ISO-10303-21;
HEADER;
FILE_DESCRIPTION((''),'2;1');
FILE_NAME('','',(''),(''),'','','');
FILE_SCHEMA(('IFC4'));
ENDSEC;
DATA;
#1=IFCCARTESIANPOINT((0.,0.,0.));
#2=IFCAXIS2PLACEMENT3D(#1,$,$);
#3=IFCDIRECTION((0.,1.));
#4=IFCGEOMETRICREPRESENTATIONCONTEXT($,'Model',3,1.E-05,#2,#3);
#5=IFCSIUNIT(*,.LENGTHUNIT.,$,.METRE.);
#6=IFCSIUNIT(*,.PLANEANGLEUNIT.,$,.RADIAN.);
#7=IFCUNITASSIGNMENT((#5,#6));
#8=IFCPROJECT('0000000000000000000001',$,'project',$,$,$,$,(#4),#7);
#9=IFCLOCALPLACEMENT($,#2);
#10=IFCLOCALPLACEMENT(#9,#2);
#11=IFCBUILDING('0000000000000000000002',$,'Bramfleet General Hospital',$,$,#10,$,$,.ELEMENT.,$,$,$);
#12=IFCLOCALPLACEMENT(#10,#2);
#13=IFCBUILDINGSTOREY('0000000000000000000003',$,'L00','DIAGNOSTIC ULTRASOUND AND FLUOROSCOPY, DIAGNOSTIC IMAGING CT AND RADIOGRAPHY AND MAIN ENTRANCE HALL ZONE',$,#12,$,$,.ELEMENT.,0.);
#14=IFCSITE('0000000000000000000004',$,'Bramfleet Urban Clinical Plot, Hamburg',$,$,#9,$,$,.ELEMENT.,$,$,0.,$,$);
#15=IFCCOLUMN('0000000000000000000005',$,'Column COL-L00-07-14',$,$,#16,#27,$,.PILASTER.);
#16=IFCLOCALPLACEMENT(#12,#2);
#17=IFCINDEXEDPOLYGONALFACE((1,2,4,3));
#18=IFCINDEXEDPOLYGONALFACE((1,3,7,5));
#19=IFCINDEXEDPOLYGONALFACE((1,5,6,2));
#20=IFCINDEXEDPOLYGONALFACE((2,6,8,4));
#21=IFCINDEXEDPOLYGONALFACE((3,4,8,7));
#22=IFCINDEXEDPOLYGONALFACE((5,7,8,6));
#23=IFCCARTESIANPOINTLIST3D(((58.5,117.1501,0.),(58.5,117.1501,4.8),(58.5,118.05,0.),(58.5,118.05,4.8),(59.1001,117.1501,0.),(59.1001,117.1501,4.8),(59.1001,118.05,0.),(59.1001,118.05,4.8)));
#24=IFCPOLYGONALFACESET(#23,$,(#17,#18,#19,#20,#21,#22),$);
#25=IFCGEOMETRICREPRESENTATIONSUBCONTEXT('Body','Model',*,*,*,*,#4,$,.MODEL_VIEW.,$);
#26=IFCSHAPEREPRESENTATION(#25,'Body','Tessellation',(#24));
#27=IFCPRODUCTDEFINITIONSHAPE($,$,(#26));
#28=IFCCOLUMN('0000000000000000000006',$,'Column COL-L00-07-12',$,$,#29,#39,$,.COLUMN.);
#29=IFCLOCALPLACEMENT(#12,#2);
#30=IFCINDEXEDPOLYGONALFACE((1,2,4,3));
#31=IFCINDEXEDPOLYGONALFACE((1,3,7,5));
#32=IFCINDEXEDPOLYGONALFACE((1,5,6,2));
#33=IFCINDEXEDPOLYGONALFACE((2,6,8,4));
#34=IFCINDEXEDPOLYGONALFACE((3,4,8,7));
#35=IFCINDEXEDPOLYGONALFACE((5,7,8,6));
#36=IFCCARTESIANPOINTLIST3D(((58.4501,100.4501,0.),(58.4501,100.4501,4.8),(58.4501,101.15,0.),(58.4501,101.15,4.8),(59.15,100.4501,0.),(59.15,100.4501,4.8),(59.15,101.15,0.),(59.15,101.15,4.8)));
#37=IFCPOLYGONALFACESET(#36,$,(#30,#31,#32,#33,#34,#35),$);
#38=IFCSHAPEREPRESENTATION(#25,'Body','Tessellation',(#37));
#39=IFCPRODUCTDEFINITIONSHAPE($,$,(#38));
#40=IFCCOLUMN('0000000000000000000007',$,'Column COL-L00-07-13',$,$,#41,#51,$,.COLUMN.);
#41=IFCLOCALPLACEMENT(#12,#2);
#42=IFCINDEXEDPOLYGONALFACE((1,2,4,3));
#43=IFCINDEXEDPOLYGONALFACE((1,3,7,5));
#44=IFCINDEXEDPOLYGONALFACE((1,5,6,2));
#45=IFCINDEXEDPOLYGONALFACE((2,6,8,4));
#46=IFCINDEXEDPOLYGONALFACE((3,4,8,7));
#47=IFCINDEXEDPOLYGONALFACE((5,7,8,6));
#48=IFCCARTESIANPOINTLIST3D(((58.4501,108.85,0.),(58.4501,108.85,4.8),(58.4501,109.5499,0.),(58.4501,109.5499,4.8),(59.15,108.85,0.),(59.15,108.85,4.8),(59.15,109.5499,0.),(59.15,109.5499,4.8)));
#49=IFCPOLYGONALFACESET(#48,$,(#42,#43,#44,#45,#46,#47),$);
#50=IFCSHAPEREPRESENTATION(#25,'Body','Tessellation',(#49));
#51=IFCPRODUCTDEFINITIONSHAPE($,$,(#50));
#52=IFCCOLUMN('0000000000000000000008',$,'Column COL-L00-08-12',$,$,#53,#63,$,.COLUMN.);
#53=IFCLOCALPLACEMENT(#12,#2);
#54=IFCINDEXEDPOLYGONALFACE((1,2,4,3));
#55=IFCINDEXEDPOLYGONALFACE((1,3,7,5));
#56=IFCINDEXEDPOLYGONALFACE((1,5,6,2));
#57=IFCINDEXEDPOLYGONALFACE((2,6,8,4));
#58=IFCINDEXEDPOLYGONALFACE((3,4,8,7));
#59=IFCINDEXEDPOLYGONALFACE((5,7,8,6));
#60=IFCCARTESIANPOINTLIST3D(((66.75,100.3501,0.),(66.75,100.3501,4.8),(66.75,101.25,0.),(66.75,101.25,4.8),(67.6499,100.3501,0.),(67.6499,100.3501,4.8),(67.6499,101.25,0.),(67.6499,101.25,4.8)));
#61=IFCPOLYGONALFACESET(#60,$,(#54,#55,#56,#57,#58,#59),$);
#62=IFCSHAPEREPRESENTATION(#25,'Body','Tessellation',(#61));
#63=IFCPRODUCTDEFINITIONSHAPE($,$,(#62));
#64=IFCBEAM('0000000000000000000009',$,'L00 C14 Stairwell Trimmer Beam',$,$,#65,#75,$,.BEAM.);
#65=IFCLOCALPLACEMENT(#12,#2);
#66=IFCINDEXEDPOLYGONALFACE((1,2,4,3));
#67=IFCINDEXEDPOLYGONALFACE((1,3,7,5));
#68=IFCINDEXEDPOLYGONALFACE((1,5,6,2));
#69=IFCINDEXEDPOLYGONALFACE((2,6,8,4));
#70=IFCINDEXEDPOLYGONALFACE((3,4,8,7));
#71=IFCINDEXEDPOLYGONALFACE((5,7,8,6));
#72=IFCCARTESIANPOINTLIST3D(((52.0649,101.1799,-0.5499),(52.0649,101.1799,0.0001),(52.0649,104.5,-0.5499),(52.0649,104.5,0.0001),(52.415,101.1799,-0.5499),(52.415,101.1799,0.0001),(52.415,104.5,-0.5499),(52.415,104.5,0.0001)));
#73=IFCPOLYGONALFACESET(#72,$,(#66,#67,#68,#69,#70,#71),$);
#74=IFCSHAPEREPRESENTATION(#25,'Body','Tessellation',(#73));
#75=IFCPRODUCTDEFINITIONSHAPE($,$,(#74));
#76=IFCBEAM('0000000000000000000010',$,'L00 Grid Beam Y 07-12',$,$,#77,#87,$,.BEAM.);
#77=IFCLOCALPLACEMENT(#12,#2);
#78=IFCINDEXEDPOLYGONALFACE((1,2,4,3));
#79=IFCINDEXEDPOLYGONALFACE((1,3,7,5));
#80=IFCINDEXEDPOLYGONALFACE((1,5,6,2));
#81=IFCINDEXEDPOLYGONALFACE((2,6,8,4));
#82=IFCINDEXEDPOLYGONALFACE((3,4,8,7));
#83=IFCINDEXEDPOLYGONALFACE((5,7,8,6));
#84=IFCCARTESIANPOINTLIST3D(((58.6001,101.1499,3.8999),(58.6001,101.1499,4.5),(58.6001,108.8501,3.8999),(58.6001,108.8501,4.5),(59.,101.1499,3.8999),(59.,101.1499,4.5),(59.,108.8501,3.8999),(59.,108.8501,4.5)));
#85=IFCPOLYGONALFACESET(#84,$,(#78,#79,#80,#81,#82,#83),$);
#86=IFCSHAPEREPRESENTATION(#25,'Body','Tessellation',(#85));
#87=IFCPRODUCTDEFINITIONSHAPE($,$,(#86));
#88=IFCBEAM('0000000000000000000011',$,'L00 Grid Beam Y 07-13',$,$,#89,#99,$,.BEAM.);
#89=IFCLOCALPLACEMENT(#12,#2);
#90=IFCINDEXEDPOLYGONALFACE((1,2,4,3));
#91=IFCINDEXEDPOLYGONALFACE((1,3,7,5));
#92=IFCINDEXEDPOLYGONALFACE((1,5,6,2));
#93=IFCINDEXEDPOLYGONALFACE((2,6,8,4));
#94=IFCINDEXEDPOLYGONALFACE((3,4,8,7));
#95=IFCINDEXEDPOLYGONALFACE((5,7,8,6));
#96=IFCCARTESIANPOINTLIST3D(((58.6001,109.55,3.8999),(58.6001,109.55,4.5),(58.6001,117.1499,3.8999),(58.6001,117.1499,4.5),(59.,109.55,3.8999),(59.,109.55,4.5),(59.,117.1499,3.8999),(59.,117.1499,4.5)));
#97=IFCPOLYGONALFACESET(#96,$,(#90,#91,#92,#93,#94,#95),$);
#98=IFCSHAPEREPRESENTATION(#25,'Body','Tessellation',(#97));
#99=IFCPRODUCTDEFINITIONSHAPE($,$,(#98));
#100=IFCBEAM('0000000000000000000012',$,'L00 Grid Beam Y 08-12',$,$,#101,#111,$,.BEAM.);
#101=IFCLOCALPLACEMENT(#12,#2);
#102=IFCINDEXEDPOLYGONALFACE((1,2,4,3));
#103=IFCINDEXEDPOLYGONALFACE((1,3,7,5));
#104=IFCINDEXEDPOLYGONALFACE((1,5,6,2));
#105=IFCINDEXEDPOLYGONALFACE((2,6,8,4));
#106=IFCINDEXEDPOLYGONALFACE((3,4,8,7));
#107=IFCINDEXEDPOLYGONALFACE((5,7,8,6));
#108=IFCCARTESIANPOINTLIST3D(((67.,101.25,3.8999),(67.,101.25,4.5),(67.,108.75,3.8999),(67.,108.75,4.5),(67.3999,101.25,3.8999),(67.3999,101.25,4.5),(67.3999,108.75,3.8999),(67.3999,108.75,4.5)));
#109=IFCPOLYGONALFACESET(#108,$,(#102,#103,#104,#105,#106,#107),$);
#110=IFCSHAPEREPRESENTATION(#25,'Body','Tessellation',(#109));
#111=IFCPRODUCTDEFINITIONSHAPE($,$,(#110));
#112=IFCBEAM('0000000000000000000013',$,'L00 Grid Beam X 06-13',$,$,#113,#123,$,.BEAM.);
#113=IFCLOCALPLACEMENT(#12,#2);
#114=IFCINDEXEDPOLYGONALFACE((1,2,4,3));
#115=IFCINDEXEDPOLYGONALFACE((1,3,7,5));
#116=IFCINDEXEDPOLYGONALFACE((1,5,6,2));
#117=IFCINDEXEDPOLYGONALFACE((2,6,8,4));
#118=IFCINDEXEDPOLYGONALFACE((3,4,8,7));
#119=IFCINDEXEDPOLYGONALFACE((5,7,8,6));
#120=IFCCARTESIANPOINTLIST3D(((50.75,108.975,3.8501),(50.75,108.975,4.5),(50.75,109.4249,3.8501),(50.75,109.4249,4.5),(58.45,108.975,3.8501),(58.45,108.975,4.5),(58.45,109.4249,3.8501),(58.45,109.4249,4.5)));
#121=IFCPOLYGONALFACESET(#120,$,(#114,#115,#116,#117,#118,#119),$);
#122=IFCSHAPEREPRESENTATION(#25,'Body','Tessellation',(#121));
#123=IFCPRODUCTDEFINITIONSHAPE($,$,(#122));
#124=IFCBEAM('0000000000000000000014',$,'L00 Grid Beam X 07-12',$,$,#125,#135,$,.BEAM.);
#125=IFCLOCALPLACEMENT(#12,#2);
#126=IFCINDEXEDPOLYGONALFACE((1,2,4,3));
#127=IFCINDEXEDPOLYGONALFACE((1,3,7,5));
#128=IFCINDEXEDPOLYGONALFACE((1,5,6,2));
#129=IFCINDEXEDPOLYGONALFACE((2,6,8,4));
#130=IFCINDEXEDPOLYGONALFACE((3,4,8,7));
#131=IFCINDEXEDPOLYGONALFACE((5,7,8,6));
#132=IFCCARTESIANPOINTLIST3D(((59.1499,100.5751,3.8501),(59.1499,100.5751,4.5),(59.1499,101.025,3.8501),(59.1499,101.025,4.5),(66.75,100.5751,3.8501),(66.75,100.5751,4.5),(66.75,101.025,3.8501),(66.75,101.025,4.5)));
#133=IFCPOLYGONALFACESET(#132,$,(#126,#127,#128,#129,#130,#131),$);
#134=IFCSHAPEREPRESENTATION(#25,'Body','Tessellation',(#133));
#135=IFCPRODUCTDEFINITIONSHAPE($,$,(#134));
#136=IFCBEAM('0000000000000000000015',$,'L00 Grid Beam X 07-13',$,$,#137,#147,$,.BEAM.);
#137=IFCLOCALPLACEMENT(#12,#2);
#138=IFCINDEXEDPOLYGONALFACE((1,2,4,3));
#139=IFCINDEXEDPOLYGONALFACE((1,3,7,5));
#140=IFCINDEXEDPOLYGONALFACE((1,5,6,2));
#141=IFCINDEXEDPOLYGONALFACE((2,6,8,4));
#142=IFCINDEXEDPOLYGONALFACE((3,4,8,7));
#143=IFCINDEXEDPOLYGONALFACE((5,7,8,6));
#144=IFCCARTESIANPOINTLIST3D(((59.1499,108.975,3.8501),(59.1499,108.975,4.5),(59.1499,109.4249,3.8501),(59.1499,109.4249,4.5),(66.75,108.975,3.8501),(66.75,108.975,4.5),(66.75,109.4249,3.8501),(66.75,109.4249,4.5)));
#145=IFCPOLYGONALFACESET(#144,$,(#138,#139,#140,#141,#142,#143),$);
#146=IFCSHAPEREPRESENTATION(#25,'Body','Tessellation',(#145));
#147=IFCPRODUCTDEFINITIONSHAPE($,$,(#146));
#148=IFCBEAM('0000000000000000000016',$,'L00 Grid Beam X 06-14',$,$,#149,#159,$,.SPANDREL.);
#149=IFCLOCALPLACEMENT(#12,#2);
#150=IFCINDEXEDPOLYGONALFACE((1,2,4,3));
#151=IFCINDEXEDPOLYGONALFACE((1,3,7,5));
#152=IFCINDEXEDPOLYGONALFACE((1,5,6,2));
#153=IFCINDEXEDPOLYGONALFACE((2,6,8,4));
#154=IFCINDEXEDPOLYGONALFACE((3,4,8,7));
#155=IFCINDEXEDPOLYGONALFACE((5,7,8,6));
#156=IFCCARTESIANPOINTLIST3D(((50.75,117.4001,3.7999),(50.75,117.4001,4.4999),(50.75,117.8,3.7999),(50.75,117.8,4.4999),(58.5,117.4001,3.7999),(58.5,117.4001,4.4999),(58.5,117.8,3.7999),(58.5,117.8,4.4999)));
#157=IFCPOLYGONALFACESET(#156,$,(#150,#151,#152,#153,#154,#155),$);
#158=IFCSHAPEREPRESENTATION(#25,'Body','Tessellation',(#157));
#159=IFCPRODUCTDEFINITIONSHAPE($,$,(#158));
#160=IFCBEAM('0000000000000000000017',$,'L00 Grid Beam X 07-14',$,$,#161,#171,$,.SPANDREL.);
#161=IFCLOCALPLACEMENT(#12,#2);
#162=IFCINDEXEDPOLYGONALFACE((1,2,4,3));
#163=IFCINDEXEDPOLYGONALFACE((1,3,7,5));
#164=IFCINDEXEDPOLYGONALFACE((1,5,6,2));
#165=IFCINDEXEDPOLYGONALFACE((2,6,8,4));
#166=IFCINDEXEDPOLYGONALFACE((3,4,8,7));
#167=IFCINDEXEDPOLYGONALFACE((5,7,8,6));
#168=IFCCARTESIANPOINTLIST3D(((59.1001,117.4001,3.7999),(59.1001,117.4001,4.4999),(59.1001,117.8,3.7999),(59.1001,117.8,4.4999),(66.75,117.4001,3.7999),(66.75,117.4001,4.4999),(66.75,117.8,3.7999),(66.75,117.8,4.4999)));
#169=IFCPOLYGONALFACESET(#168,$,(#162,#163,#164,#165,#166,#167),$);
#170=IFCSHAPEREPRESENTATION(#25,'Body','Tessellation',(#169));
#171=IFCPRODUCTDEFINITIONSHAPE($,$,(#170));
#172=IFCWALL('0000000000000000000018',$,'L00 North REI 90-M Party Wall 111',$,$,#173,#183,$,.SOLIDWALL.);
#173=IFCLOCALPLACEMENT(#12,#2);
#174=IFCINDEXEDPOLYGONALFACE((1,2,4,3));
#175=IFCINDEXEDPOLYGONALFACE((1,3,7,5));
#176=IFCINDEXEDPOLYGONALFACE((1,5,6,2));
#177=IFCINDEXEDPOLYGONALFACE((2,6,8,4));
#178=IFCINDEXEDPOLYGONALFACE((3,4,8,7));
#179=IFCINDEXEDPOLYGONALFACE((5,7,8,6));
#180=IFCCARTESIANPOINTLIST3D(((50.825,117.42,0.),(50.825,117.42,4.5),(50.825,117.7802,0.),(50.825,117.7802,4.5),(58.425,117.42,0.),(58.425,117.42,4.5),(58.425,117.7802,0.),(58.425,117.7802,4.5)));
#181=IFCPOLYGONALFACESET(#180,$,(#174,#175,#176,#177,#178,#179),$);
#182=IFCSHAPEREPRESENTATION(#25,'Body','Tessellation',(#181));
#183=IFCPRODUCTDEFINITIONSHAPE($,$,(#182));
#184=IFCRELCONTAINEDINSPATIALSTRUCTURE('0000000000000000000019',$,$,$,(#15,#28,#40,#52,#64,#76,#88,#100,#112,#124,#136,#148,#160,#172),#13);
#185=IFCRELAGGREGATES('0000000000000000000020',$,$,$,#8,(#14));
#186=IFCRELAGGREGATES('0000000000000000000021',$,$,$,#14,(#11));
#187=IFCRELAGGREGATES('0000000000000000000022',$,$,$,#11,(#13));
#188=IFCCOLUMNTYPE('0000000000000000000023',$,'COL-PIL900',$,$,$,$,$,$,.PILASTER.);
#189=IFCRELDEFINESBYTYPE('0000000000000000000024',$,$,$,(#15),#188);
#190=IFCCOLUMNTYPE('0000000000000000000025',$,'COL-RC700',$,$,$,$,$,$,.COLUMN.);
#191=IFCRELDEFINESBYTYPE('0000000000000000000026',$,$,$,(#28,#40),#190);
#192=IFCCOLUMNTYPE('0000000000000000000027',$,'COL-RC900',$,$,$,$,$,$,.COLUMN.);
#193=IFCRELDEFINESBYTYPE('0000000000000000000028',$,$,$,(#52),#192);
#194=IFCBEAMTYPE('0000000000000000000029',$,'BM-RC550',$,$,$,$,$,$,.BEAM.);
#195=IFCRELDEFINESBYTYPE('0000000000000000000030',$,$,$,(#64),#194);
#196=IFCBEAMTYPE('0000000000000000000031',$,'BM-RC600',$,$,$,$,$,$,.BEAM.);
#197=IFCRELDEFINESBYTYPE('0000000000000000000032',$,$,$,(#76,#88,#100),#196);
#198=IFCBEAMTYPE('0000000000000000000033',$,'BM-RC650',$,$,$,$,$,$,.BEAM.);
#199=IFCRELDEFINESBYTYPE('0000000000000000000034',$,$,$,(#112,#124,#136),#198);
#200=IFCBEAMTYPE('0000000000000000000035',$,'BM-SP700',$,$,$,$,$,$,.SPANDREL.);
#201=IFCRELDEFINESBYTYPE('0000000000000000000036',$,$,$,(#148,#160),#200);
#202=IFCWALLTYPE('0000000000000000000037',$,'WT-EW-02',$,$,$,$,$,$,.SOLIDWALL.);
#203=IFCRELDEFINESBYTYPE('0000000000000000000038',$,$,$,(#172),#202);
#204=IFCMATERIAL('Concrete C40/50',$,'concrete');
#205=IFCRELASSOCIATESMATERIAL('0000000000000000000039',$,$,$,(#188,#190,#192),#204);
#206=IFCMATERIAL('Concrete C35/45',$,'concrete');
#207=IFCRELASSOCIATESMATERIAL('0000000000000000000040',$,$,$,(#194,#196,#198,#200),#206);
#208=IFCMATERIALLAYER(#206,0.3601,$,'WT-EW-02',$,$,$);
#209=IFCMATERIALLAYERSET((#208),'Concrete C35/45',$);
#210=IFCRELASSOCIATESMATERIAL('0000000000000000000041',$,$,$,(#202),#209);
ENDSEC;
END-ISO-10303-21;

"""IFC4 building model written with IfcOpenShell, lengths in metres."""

from ifc_helpers import new_model, si_unit, direction, frame, frame_2d, origin, origin_2d, place, context, subcontext, project, spatial, rectangle, extrude, material, layer, layer_set, material_profile, profile_set, type_object, element, save


model = new_model("IFC4")

# Units and contexts
model_context = context("Model", 3, precision=1e-05, world=origin(), true_north=direction((0.0, 1.0)))
body_context = subcontext(model_context, "Body", "Model", "MODEL_VIEW")
ifc_project = project(units=[si_unit("LENGTHUNIT", "METRE"), si_unit("PLANEANGLEUNIT", "RADIAN")], contexts=[model_context])

# Site, building, storey
site_placement = place(None, origin())
site = spatial("IfcSite", under=ifc_project, at=site_placement, Name="Bramfleet Urban Clinical Plot, Hamburg", CompositionType="ELEMENT", RefElevation=0.0)
building_placement = place(site_placement, origin())
building = spatial("IfcBuilding", under=site, at=building_placement, Name="Bramfleet General Hospital", CompositionType="ELEMENT")
storey_placement = place(building_placement, origin())
storey = spatial("IfcBuildingStorey", under=building, at=storey_placement, Name="L00", Description="DIAGNOSTIC ULTRASOUND AND FLUOROSCOPY, DIAGNOSTIC IMAGING CT AND RADIOGRAPHY AND MAIN ENTRANCE HALL ZONE", CompositionType="ELEMENT", Elevation=0.0)

# Columns
ifc_material_1 = material(Name="Concrete C40/50", Category="concrete")
ifc_material_profile_1 = material_profile(ifc_material_1, rectangle(XDim=0.6001, YDim=0.8999, at=origin_2d()), Name="RC PIL 900x600")
ifc_profile_set_1 = profile_set([ifc_material_profile_1], Name="Concrete C40/50")
column_type_1 = type_object("IfcColumnType", Name="COL-PIL900", PredefinedType="PILASTER", material=ifc_profile_set_1)
column_1_placement = place(storey_placement, frame((58.8, 117.6001, 0.0), z_axis=(0.0, 0.0, 1.0), x_axis=(1.0, 0.0, 0.0)))
element("IfcColumn", 1, at=column_1_placement, inside=storey, type_object=column_type_1, Name="Column COL-L00-07-14", PredefinedType="PILASTER", context=body_context, shape_type="SweptSolid", body=[
    extrude(rectangle(XDim=0.6001, YDim=0.8999, at=origin_2d()), origin(), (0.0, 0.0, 1.0), 4.8),
])
ifc_material_profile_2 = material_profile(ifc_material_1, rectangle(XDim=0.7, YDim=0.7, at=origin_2d()), Name="RC COL 700x700")
ifc_profile_set_2 = profile_set([ifc_material_profile_2], Name="Concrete C40/50")
column_type_2 = type_object("IfcColumnType", Name="COL-RC700", PredefinedType="COLUMN", material=ifc_profile_set_2)
for number, where, z_axis, x_axis, name in (
    (2, (58.8, 100.8, 0.0), (0.0, 0.0, 1.0), (1.0, 0.0, 0.0), "Column COL-L00-07-12"),
    (3, (58.8, 109.2, 0.0), (0.0, 0.0, 1.0), (1.0, 0.0, 0.0), "Column COL-L00-07-13"),
):
    element("IfcColumn", number, at=place(storey_placement, frame(where, z_axis=z_axis, x_axis=x_axis)), inside=storey, type_object=column_type_2, Name=name, PredefinedType="COLUMN", context=body_context, shape_type="SweptSolid", body=[
        extrude(rectangle(XDim=0.7, YDim=0.7, at=origin_2d()), origin(), (0.0, 0.0, 1.0), 4.8),
    ])
ifc_material_profile_3 = material_profile(ifc_material_1, rectangle(XDim=0.8999, YDim=0.8999, at=origin_2d()), Name="RC COL 900x900")
ifc_profile_set_3 = profile_set([ifc_material_profile_3], Name="Concrete C40/50")
column_type_3 = type_object("IfcColumnType", Name="COL-RC900", PredefinedType="COLUMN", material=ifc_profile_set_3)
column_2_placement = place(storey_placement, frame((67.2, 100.8, 0.0), z_axis=(0.0, 0.0, 1.0), x_axis=(1.0, 0.0, 0.0)))
element("IfcColumn", 4, at=column_2_placement, inside=storey, type_object=column_type_3, Name="Column COL-L00-08-12", PredefinedType="COLUMN", context=body_context, shape_type="SweptSolid", body=[
    extrude(rectangle(XDim=0.8999, YDim=0.8999, at=origin_2d()), origin(), (0.0, 0.0, 1.0), 4.8),
])

# Beams
ifc_material_2 = material(Name="Concrete C35/45", Category="concrete")
ifc_material_profile_4 = material_profile(ifc_material_2, rectangle(XDim=0.3501, YDim=0.55, at=origin_2d()), Name="RC BM 550x350")
ifc_profile_set_4 = profile_set([ifc_material_profile_4], Name="Concrete C35/45")
beam_type_1 = type_object("IfcBeamType", Name="BM-RC550", PredefinedType="BEAM", material=ifc_profile_set_4)
beam_1_placement = place(storey_placement, frame((52.24, 101.1799, -0.2749), z_axis=(0.0, 1.0, 0.0), x_axis=(-1.0, 0.0, 0.0)))
element("IfcBeam", 5, at=beam_1_placement, inside=storey, type_object=beam_type_1, Name="L00 C14 Stairwell Trimmer Beam", PredefinedType="BEAM", context=body_context, shape_type="SweptSolid", body=[
    extrude(rectangle(XDim=0.3501, YDim=0.55, at=origin_2d()), origin(), (0.0, 0.0, 1.0), 3.3201),
])
ifc_material_profile_5 = material_profile(ifc_material_2, rectangle(XDim=0.3999, YDim=0.6001, at=origin_2d()), Name="RC BM 600x400")
ifc_profile_set_5 = profile_set([ifc_material_profile_5], Name="Concrete C35/45")
beam_type_2 = type_object("IfcBeamType", Name="BM-RC600", PredefinedType="BEAM", material=ifc_profile_set_5)
beam_2_placement = place(storey_placement, frame((58.8, 101.1499, 4.2), z_axis=(0.0, 1.0, 0.0), x_axis=(-1.0, 0.0, 0.0)))
element("IfcBeam", 6, at=beam_2_placement, inside=storey, type_object=beam_type_2, Name="L00 Grid Beam Y 07-12", PredefinedType="BEAM", context=body_context, shape_type="SweptSolid", body=[
    extrude(rectangle(XDim=0.3999, YDim=0.6001, at=origin_2d()), origin(), (0.0, 0.0, 1.0), 7.7002),
])
beam_3_placement = place(storey_placement, frame((58.8, 109.55, 4.2), z_axis=(0.0, 1.0, 0.0), x_axis=(-1.0, 0.0, 0.0)))
element("IfcBeam", 7, at=beam_3_placement, inside=storey, type_object=beam_type_2, Name="L00 Grid Beam Y 07-13", PredefinedType="BEAM", context=body_context, shape_type="SweptSolid", body=[
    extrude(rectangle(XDim=0.3999, YDim=0.6001, at=origin_2d()), origin(), (0.0, 0.0, 1.0), 7.5999),
])
beam_4_placement = place(storey_placement, frame((67.2, 101.25, 4.2), z_axis=(0.0, 1.0, 0.0), x_axis=(-1.0, 0.0, 0.0)))
element("IfcBeam", 8, at=beam_4_placement, inside=storey, type_object=beam_type_2, Name="L00 Grid Beam Y 08-12", PredefinedType="BEAM", context=body_context, shape_type="SweptSolid", body=[
    extrude(rectangle(XDim=0.3999, YDim=0.6001, at=origin_2d()), origin(), (0.0, 0.0, 1.0), 7.5),
])
ifc_material_profile_6 = material_profile(ifc_material_2, rectangle(XDim=0.45, YDim=0.6499, at=origin_2d()), Name="RC BM 650x450")
ifc_profile_set_6 = profile_set([ifc_material_profile_6], Name="Concrete C35/45")
beam_type_3 = type_object("IfcBeamType", Name="BM-RC650", PredefinedType="BEAM", material=ifc_profile_set_6)
beam_5_placement = place(storey_placement, frame((50.75, 109.2, 4.175), z_axis=(1.0, 0.0, 0.0), x_axis=(0.0, 1.0, 0.0)))
element("IfcBeam", 9, at=beam_5_placement, inside=storey, type_object=beam_type_3, Name="L00 Grid Beam X 06-13", PredefinedType="BEAM", context=body_context, shape_type="SweptSolid", body=[
    extrude(rectangle(XDim=0.45, YDim=0.6499, at=origin_2d()), origin(), (0.0, 0.0, 1.0), 7.7),
])
for number, where, z_axis, x_axis, name in (
    (10, (59.1499, 100.8, 4.175), (1.0, 0.0, 0.0), (0.0, 1.0, 0.0), "L00 Grid Beam X 07-12"),
    (11, (59.1499, 109.2, 4.175), (1.0, 0.0, 0.0), (0.0, 1.0, 0.0), "L00 Grid Beam X 07-13"),
):
    element("IfcBeam", number, at=place(storey_placement, frame(where, z_axis=z_axis, x_axis=x_axis)), inside=storey, type_object=beam_type_3, Name=name, PredefinedType="BEAM", context=body_context, shape_type="SweptSolid", body=[
        extrude(rectangle(XDim=0.45, YDim=0.6499, at=origin_2d()), origin(), (0.0, 0.0, 1.0), 7.6001),
    ])
ifc_material_profile_7 = material_profile(ifc_material_2, rectangle(XDim=0.3999, YDim=0.7, at=origin_2d()), Name="RC SP 700x400")
ifc_profile_set_7 = profile_set([ifc_material_profile_7], Name="Concrete C35/45")
beam_type_4 = type_object("IfcBeamType", Name="BM-SP700", PredefinedType="SPANDREL", material=ifc_profile_set_7)
beam_6_placement = place(storey_placement, frame((50.75, 117.6001, 4.1499), z_axis=(1.0, 0.0, 0.0), x_axis=(0.0, 1.0, 0.0)))
element("IfcBeam", 12, at=beam_6_placement, inside=storey, type_object=beam_type_4, Name="L00 Grid Beam X 06-14", PredefinedType="SPANDREL", context=body_context, shape_type="SweptSolid", body=[
    extrude(rectangle(XDim=0.3999, YDim=0.7, at=origin_2d()), origin(), (0.0, 0.0, 1.0), 7.75),
])
beam_7_placement = place(storey_placement, frame((59.1001, 117.6001, 4.1499), z_axis=(1.0, 0.0, 0.0), x_axis=(0.0, 1.0, 0.0)))
element("IfcBeam", 13, at=beam_7_placement, inside=storey, type_object=beam_type_4, Name="L00 Grid Beam X 07-14", PredefinedType="SPANDREL", context=body_context, shape_type="SweptSolid", body=[
    extrude(rectangle(XDim=0.3999, YDim=0.7, at=origin_2d()), origin(), (0.0, 0.0, 1.0), 7.6499),
])

# Wall
ifc_layer_1 = layer(ifc_material_2, 0.3601, Name="WT-EW-02")
ifc_layer_set_1 = layer_set([ifc_layer_1], Name="Concrete C35/45")
wall_type_1 = type_object("IfcWallType", Name="WT-EW-02", PredefinedType="SOLIDWALL", material=ifc_layer_set_1)
wall_1_placement = place(storey_placement, frame((50.825, 117.6001, 0.0), z_axis=(0.0, 0.0, 1.0), x_axis=(1.0, 0.0, 0.0)))
element("IfcWall", 14, at=wall_1_placement, inside=storey, type_object=wall_type_1, Name="L00 North REI 90-M Party Wall 111", PredefinedType="SOLIDWALL", context=body_context, shape_type="SweptSolid", body=[
    extrude(rectangle(XDim=7.6001, YDim=0.3601, at=frame_2d((3.8, 0.0))), origin(), (0.0, 0.0, 1.0), 4.5),
])

save(model, "model.ifc")
